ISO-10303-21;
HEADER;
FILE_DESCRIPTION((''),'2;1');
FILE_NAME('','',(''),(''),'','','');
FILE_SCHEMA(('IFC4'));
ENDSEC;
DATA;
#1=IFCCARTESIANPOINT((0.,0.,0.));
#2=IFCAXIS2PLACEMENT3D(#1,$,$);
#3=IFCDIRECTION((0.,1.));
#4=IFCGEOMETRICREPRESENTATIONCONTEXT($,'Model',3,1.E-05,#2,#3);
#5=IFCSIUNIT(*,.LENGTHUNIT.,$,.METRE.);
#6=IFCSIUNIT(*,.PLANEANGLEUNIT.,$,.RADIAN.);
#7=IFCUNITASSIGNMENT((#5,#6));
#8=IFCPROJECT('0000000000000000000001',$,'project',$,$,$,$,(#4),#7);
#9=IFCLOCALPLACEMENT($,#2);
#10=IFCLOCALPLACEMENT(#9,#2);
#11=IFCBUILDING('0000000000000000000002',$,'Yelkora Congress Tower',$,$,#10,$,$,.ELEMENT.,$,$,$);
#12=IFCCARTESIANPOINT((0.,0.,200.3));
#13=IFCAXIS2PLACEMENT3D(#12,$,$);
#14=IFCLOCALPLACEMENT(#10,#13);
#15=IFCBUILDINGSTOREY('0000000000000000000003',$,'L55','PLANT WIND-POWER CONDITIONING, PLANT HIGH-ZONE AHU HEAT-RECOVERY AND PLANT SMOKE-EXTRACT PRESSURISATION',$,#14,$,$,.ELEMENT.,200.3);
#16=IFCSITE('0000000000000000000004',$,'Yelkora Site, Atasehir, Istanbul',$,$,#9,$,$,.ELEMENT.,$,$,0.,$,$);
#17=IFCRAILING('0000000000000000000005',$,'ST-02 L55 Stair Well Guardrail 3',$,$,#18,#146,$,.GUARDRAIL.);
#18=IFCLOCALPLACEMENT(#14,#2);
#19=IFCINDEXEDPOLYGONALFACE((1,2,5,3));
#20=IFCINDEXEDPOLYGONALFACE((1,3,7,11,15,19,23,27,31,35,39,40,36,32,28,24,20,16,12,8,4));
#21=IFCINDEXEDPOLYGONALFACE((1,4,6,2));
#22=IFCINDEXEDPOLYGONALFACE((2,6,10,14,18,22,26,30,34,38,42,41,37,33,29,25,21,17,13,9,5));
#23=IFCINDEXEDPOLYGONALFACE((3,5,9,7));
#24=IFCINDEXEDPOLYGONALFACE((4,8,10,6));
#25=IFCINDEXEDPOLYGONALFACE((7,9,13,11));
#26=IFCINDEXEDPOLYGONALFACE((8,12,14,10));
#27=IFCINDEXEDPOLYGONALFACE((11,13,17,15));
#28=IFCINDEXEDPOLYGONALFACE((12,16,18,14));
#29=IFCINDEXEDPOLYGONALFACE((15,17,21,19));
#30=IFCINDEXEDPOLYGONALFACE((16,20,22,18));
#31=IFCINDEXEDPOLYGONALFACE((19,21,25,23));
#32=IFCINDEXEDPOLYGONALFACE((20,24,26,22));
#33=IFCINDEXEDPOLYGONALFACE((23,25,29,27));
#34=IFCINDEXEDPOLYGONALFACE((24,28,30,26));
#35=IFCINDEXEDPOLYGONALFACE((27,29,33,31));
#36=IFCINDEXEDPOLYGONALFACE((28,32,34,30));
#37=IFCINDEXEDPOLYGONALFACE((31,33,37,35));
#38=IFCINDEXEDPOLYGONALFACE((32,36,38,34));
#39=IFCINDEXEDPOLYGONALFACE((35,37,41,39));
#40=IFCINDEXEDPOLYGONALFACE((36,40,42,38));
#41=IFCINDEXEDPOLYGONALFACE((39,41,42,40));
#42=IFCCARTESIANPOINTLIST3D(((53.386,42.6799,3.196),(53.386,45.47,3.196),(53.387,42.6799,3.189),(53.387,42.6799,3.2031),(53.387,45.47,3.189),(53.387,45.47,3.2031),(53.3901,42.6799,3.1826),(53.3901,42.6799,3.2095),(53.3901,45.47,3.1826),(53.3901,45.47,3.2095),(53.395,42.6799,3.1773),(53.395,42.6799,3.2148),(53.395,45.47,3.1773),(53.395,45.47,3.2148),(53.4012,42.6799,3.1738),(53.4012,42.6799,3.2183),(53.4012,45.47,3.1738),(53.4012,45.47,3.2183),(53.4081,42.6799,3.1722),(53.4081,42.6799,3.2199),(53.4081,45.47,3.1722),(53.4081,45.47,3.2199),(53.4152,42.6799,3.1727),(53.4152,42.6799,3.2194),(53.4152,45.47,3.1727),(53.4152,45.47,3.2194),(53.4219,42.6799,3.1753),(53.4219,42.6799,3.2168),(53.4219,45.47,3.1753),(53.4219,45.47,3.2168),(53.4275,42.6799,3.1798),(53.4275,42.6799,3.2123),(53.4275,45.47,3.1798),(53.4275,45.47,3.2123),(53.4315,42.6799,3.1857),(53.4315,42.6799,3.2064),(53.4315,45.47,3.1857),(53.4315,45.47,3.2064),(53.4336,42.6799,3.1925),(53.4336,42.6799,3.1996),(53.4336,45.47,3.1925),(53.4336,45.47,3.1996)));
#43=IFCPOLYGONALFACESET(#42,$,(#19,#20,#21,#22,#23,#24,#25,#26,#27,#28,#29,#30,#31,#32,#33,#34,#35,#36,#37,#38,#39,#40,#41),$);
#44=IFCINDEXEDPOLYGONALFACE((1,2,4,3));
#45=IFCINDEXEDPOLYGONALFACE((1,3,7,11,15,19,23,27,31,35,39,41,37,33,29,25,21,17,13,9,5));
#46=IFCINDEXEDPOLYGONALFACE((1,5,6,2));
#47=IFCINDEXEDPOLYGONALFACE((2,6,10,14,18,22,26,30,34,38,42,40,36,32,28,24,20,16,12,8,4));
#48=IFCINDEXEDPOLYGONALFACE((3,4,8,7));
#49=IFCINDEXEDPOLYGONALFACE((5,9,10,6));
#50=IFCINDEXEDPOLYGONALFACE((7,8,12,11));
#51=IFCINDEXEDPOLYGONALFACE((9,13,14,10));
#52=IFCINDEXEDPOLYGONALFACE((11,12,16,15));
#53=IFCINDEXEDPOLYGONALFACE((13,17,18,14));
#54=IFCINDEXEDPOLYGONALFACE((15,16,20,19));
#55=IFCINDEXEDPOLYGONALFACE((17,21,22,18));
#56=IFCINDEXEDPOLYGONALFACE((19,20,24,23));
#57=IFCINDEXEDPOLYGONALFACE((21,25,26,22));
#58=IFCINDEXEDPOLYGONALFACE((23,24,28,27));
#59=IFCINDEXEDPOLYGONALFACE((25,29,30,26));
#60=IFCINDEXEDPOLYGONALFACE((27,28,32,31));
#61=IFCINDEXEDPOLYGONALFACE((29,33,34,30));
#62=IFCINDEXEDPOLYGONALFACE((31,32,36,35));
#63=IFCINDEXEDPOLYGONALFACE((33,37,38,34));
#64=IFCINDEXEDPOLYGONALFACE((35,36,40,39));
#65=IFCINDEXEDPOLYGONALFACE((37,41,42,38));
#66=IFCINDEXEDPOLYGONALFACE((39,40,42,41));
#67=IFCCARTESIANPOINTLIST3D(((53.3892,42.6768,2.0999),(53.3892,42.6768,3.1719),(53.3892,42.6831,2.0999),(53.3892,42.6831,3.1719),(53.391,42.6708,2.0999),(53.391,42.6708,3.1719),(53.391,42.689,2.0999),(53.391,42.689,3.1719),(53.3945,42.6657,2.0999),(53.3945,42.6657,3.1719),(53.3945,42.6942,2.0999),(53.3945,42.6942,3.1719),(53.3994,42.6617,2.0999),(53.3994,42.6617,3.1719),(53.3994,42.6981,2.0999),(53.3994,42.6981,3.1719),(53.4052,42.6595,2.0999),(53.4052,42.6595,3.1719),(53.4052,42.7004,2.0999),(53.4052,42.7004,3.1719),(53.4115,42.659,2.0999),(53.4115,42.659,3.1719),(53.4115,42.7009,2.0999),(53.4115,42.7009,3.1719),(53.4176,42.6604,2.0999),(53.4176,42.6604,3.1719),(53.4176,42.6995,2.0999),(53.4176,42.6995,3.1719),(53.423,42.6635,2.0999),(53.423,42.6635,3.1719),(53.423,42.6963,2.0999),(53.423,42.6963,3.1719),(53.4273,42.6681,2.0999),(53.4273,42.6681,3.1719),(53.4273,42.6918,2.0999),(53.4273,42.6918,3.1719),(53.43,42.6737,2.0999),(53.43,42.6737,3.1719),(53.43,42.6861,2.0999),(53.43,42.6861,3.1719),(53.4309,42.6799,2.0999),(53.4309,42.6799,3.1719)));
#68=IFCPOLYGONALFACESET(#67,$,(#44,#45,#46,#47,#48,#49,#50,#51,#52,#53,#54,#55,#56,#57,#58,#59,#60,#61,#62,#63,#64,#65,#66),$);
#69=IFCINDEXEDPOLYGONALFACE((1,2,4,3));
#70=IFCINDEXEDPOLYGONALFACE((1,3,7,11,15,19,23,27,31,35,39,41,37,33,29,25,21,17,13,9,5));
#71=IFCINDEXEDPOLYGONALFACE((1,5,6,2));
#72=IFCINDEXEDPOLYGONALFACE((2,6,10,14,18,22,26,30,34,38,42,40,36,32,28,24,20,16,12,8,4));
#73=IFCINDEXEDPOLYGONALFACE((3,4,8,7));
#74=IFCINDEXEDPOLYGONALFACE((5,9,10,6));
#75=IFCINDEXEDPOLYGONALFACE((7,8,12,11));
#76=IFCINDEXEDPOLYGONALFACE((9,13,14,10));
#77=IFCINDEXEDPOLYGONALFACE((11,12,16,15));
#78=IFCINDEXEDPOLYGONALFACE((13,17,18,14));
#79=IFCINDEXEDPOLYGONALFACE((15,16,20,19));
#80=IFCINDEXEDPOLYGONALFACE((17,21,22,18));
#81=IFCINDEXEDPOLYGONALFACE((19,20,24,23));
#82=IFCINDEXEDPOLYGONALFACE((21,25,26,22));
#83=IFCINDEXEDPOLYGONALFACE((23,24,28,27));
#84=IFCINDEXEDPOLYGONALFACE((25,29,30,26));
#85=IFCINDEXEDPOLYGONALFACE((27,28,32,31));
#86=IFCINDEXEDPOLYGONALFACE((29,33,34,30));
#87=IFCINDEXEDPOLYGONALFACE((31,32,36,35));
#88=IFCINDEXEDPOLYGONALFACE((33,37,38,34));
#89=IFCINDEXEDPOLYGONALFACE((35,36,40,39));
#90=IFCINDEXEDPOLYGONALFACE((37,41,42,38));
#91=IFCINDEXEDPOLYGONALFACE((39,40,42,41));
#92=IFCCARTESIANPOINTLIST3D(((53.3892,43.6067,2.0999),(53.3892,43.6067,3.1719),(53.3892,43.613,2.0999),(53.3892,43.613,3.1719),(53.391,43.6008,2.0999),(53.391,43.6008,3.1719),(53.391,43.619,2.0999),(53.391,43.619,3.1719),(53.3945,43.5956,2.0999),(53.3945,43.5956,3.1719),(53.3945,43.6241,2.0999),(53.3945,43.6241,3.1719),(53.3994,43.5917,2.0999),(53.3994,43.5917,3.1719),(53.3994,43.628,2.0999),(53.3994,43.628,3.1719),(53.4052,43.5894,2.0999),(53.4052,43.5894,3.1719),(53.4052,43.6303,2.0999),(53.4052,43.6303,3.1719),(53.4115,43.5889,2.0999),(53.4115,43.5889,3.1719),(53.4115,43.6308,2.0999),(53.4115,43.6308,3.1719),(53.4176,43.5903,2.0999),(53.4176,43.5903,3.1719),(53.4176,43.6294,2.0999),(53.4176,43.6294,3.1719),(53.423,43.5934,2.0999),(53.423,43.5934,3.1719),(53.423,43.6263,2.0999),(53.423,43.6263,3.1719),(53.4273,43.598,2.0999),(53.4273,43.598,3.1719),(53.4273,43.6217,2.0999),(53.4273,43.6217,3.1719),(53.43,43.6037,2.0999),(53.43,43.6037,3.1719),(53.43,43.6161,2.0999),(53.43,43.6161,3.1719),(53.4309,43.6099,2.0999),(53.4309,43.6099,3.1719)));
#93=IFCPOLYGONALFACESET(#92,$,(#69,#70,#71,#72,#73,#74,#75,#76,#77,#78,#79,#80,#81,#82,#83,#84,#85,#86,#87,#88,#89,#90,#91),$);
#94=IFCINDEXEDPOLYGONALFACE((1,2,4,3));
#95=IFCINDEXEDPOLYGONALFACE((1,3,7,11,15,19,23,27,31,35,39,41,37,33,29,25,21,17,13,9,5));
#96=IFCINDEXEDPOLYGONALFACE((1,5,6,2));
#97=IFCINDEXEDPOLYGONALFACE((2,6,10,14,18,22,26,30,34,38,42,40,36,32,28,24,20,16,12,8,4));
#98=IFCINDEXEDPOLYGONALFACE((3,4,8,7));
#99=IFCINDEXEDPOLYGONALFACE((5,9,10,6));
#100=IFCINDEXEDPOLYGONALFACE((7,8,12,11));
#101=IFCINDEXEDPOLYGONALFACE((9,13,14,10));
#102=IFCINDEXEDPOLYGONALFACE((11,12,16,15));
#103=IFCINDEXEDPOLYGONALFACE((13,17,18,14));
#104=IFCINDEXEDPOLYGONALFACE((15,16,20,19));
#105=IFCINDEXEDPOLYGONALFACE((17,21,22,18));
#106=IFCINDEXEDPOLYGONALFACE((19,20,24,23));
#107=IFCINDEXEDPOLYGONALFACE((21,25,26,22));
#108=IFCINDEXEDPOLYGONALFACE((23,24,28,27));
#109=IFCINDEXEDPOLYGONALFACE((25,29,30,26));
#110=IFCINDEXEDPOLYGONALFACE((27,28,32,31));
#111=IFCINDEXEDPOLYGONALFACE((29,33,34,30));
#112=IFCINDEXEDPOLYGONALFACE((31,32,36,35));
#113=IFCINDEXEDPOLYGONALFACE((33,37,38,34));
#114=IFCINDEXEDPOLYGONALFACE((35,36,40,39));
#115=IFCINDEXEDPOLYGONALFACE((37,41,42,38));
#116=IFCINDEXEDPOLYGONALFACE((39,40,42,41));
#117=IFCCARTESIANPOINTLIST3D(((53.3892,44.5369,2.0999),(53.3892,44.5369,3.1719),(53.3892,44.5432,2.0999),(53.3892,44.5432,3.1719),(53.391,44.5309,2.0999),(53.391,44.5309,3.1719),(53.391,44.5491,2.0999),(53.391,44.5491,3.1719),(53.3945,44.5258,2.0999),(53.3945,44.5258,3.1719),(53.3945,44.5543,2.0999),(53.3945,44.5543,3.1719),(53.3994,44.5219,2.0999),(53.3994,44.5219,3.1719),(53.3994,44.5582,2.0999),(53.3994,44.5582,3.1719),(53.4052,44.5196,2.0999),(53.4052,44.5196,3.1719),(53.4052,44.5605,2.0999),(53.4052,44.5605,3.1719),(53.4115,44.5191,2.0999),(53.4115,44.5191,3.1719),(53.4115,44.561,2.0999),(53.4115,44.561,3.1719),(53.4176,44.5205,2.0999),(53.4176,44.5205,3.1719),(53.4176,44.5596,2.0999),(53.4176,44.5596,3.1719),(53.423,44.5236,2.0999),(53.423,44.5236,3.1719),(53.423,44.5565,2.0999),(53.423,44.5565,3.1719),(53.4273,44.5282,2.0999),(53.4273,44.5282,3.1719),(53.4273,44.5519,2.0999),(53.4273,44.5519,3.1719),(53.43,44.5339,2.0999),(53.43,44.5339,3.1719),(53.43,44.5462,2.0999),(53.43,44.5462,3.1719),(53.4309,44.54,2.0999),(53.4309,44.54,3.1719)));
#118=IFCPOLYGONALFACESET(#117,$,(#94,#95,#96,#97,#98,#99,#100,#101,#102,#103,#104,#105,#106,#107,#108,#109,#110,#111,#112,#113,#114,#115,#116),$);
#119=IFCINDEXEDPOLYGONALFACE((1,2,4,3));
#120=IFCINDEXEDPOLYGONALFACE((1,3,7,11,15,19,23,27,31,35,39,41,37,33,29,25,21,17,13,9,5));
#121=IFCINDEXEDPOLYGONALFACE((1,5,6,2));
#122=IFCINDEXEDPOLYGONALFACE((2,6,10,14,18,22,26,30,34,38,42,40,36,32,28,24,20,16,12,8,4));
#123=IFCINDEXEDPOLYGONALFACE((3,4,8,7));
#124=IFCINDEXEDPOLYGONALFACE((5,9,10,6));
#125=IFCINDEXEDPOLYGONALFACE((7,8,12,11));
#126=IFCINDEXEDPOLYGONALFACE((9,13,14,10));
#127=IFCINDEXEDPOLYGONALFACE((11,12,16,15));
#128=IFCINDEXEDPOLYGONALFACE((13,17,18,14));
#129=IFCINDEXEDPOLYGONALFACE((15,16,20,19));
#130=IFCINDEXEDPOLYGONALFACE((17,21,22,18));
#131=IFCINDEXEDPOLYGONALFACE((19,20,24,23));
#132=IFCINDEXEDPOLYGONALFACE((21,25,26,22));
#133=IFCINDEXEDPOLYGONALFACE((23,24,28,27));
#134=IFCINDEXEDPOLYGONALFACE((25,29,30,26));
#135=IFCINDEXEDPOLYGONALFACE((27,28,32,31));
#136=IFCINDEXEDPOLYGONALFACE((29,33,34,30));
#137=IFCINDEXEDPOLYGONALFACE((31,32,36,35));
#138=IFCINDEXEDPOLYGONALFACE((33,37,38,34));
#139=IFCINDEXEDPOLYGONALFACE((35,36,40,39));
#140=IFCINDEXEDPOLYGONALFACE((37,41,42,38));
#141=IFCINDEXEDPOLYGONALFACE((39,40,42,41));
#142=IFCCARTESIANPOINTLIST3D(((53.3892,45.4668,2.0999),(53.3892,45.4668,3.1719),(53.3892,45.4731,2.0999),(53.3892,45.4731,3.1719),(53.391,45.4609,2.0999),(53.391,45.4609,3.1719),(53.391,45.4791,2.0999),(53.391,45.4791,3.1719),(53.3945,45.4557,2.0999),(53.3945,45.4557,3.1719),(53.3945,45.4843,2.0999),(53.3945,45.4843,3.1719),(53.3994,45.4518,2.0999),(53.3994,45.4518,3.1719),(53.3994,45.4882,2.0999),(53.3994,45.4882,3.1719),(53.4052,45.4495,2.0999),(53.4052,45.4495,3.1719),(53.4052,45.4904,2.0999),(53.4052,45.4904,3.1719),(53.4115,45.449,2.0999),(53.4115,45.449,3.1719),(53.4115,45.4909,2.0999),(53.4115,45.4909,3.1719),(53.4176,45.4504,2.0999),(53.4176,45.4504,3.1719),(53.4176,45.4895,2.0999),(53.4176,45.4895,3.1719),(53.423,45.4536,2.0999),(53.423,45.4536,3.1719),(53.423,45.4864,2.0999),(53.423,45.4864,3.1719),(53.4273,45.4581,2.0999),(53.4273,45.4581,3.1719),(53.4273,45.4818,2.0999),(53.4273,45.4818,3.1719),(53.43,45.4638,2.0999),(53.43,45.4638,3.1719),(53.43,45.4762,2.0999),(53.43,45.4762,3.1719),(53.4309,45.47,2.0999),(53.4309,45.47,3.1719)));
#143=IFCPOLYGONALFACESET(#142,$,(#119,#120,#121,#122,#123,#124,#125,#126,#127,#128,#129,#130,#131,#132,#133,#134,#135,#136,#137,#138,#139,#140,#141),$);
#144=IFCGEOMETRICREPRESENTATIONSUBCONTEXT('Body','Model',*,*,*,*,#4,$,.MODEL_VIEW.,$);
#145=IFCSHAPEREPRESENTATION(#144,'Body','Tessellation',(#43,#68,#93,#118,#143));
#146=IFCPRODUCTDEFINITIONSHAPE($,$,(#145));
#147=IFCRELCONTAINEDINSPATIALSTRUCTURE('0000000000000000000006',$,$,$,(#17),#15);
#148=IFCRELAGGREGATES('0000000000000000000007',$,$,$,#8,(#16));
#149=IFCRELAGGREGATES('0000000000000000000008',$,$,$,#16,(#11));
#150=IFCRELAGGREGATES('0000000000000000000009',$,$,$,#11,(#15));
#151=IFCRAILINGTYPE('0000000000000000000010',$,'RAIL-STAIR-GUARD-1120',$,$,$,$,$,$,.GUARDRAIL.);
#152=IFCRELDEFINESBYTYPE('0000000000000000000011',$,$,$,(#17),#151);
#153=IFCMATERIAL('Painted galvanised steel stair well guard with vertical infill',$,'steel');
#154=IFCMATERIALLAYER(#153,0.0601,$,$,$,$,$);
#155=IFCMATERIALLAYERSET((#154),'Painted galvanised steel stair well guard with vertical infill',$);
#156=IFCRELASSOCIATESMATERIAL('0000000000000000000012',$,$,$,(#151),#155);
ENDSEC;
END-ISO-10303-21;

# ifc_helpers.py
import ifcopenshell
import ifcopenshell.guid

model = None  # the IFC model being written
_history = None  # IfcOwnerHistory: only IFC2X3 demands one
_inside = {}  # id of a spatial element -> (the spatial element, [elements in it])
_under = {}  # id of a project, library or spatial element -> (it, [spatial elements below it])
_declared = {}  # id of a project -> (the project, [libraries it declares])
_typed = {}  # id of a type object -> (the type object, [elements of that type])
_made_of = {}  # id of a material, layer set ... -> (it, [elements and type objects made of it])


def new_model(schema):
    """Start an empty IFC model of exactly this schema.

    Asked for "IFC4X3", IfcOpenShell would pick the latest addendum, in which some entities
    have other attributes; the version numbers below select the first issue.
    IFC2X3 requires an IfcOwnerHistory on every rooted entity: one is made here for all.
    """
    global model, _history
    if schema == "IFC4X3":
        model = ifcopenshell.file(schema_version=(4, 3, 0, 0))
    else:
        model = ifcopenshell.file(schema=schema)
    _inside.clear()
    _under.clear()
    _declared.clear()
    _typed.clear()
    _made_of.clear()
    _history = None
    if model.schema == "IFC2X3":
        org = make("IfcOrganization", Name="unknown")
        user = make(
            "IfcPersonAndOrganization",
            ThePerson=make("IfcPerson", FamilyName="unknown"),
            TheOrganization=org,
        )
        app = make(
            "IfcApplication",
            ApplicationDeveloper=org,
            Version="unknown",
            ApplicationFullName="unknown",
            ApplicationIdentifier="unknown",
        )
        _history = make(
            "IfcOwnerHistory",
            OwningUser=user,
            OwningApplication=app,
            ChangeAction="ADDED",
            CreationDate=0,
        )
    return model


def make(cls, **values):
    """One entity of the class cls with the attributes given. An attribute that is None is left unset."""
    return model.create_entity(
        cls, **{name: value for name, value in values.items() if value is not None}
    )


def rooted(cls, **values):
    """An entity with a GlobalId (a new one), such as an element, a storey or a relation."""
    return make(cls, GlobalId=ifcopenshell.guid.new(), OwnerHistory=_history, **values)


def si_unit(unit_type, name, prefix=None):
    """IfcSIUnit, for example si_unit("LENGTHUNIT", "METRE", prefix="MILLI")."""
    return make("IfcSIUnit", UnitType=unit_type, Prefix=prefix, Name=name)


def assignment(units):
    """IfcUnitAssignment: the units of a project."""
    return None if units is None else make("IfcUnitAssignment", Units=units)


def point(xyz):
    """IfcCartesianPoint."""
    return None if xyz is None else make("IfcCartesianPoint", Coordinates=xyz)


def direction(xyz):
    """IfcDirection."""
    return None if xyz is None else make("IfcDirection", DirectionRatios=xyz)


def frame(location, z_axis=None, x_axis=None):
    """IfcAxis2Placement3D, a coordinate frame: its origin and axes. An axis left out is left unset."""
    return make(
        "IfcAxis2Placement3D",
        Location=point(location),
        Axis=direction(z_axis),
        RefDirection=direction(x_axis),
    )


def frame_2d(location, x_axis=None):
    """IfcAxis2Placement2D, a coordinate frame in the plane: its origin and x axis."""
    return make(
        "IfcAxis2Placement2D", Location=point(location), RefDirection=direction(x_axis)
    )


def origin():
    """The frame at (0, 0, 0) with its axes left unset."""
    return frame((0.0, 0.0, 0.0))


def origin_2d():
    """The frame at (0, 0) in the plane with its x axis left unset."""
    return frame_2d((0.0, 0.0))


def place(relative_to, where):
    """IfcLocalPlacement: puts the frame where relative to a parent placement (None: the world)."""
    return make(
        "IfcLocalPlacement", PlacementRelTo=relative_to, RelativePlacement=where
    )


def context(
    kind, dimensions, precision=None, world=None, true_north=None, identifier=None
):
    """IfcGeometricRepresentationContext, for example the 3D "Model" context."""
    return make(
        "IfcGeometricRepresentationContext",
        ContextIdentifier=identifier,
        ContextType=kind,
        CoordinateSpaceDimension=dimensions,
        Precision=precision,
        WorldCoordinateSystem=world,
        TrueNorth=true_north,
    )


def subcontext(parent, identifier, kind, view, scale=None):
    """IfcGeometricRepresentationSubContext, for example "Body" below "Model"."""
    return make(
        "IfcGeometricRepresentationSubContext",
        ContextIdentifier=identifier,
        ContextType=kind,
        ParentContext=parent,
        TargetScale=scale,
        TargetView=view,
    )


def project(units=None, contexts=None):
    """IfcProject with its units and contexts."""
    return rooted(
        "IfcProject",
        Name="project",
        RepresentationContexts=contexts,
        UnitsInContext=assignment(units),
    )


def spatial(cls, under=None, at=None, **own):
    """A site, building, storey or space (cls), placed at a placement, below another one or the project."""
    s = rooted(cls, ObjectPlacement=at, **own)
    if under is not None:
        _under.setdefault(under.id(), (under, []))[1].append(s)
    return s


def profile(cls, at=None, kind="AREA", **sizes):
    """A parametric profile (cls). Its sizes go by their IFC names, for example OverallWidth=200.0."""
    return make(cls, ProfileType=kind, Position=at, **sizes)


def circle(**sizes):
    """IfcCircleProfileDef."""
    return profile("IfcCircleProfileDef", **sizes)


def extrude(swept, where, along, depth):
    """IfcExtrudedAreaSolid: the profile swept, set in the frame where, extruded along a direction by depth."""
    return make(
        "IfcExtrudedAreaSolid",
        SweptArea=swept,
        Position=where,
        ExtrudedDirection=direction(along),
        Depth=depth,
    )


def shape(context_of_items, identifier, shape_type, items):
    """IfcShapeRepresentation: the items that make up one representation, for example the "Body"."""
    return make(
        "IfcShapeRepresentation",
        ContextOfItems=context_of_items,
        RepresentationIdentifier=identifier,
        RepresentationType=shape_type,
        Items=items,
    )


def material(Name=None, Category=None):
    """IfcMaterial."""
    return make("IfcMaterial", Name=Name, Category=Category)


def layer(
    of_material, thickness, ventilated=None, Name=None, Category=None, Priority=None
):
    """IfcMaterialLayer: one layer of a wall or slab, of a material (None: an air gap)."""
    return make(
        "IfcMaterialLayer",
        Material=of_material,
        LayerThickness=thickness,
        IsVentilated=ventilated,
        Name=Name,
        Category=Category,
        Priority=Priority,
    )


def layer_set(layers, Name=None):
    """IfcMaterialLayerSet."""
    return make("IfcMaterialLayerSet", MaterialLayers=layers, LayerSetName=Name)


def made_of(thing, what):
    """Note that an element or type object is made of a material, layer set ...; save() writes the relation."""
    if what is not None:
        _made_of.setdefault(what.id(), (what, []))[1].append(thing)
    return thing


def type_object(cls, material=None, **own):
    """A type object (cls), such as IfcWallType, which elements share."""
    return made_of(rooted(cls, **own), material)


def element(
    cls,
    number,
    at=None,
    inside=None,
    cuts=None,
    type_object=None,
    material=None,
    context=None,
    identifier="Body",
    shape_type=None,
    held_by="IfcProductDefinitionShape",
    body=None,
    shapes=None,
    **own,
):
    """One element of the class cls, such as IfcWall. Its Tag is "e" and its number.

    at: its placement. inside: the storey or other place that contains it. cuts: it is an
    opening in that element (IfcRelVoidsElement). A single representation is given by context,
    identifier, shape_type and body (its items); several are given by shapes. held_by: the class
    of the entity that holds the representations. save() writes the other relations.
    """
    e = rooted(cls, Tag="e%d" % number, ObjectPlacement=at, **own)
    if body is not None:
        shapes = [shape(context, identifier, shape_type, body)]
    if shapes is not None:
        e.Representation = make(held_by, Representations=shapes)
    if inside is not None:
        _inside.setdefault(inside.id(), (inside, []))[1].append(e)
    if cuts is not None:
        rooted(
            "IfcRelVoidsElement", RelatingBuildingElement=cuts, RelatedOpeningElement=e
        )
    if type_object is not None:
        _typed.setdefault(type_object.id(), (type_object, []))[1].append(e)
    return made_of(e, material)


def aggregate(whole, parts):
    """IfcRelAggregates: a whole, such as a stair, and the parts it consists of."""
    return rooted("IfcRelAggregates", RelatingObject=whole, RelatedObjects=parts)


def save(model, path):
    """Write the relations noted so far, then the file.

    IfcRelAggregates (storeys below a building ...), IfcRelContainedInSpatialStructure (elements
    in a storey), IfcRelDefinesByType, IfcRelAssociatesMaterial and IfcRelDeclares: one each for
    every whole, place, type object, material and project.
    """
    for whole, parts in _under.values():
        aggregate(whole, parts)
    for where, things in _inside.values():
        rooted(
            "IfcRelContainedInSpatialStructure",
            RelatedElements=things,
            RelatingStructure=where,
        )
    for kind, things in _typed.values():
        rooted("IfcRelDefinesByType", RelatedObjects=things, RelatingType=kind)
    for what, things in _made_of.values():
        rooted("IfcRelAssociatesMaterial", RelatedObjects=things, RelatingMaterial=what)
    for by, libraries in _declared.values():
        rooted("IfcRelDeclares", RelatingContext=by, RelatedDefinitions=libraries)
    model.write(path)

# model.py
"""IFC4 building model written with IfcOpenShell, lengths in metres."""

from ifc_helpers import new_model, si_unit, direction, frame, origin, origin_2d, place, context, subcontext, project, spatial, circle, extrude, material, layer, layer_set, type_object, element, save


model = new_model("IFC4")

# Units and contexts
model_context = context("Model", 3, precision=1e-05, world=origin(), true_north=direction((0.0, 1.0)))
body_context = subcontext(model_context, "Body", "Model", "MODEL_VIEW")
ifc_project = project(units=[si_unit("LENGTHUNIT", "METRE"), si_unit("PLANEANGLEUNIT", "RADIAN")], contexts=[model_context])

# Site, building, storey
site_placement = place(None, origin())
site = spatial("IfcSite", under=ifc_project, at=site_placement, Name="Yelkora Site, Atasehir, Istanbul", CompositionType="ELEMENT", RefElevation=0.0)
building_placement = place(site_placement, origin())
building = spatial("IfcBuilding", under=site, at=building_placement, Name="Yelkora Congress Tower", CompositionType="ELEMENT")
storey_placement = place(building_placement, frame((0.0, 0.0, 200.3)))
storey = spatial("IfcBuildingStorey", under=building, at=storey_placement, Name="L55", Description="PLANT WIND-POWER CONDITIONING, PLANT HIGH-ZONE AHU HEAT-RECOVERY AND PLANT SMOKE-EXTRACT PRESSURISATION", CompositionType="ELEMENT", Elevation=200.3)

# Railing
ifc_material_1 = material(Name="Painted galvanised steel stair well guard with vertical infill", Category="steel")
ifc_layer_1 = layer(ifc_material_1, 0.0601)
ifc_layer_set_1 = layer_set([ifc_layer_1], Name="Painted galvanised steel stair well guard with vertical infill")
railing_type_1 = type_object("IfcRailingType", Name="RAIL-STAIR-GUARD-1120", PredefinedType="GUARDRAIL", material=ifc_layer_set_1)
for number, where, name in (
    (1, (53.4099, 42.6799, 2.0999), "ST-02 L55 Stair Well Guardrail 3"),
):
    element("IfcRailing", number, at=place(storey_placement, frame(where)), inside=storey, type_object=railing_type_1, Name=name, PredefinedType="GUARDRAIL", context=body_context, shape_type="SweptSolid", body=[
        extrude(circle(Radius=0.0239, at=origin_2d()), frame((0.0, 0.0, 1.0962), z_axis=(0.0, 1.0, 0.0), x_axis=(-1.0, 0.0, 0.0)), (0.0, 0.0, 1.0), 2.79),
        extrude(circle(Radius=0.021, at=origin_2d()), origin(), (0.0, 0.0, 1.0), 1.072),
        extrude(circle(Radius=0.021, at=origin_2d()), frame((0.0, 0.9299, 0.0)), (0.0, 0.0, 1.0), 1.072),
        extrude(circle(Radius=0.021, at=origin_2d()), frame((0.0, 1.8601, 0.0)), (0.0, 0.0, 1.0), 1.072),
        extrude(circle(Radius=0.021, at=origin_2d()), frame((0.0, 2.79, 0.0)), (0.0, 0.0, 1.0), 1.072),
    ])

save(model, "model.ifc")
